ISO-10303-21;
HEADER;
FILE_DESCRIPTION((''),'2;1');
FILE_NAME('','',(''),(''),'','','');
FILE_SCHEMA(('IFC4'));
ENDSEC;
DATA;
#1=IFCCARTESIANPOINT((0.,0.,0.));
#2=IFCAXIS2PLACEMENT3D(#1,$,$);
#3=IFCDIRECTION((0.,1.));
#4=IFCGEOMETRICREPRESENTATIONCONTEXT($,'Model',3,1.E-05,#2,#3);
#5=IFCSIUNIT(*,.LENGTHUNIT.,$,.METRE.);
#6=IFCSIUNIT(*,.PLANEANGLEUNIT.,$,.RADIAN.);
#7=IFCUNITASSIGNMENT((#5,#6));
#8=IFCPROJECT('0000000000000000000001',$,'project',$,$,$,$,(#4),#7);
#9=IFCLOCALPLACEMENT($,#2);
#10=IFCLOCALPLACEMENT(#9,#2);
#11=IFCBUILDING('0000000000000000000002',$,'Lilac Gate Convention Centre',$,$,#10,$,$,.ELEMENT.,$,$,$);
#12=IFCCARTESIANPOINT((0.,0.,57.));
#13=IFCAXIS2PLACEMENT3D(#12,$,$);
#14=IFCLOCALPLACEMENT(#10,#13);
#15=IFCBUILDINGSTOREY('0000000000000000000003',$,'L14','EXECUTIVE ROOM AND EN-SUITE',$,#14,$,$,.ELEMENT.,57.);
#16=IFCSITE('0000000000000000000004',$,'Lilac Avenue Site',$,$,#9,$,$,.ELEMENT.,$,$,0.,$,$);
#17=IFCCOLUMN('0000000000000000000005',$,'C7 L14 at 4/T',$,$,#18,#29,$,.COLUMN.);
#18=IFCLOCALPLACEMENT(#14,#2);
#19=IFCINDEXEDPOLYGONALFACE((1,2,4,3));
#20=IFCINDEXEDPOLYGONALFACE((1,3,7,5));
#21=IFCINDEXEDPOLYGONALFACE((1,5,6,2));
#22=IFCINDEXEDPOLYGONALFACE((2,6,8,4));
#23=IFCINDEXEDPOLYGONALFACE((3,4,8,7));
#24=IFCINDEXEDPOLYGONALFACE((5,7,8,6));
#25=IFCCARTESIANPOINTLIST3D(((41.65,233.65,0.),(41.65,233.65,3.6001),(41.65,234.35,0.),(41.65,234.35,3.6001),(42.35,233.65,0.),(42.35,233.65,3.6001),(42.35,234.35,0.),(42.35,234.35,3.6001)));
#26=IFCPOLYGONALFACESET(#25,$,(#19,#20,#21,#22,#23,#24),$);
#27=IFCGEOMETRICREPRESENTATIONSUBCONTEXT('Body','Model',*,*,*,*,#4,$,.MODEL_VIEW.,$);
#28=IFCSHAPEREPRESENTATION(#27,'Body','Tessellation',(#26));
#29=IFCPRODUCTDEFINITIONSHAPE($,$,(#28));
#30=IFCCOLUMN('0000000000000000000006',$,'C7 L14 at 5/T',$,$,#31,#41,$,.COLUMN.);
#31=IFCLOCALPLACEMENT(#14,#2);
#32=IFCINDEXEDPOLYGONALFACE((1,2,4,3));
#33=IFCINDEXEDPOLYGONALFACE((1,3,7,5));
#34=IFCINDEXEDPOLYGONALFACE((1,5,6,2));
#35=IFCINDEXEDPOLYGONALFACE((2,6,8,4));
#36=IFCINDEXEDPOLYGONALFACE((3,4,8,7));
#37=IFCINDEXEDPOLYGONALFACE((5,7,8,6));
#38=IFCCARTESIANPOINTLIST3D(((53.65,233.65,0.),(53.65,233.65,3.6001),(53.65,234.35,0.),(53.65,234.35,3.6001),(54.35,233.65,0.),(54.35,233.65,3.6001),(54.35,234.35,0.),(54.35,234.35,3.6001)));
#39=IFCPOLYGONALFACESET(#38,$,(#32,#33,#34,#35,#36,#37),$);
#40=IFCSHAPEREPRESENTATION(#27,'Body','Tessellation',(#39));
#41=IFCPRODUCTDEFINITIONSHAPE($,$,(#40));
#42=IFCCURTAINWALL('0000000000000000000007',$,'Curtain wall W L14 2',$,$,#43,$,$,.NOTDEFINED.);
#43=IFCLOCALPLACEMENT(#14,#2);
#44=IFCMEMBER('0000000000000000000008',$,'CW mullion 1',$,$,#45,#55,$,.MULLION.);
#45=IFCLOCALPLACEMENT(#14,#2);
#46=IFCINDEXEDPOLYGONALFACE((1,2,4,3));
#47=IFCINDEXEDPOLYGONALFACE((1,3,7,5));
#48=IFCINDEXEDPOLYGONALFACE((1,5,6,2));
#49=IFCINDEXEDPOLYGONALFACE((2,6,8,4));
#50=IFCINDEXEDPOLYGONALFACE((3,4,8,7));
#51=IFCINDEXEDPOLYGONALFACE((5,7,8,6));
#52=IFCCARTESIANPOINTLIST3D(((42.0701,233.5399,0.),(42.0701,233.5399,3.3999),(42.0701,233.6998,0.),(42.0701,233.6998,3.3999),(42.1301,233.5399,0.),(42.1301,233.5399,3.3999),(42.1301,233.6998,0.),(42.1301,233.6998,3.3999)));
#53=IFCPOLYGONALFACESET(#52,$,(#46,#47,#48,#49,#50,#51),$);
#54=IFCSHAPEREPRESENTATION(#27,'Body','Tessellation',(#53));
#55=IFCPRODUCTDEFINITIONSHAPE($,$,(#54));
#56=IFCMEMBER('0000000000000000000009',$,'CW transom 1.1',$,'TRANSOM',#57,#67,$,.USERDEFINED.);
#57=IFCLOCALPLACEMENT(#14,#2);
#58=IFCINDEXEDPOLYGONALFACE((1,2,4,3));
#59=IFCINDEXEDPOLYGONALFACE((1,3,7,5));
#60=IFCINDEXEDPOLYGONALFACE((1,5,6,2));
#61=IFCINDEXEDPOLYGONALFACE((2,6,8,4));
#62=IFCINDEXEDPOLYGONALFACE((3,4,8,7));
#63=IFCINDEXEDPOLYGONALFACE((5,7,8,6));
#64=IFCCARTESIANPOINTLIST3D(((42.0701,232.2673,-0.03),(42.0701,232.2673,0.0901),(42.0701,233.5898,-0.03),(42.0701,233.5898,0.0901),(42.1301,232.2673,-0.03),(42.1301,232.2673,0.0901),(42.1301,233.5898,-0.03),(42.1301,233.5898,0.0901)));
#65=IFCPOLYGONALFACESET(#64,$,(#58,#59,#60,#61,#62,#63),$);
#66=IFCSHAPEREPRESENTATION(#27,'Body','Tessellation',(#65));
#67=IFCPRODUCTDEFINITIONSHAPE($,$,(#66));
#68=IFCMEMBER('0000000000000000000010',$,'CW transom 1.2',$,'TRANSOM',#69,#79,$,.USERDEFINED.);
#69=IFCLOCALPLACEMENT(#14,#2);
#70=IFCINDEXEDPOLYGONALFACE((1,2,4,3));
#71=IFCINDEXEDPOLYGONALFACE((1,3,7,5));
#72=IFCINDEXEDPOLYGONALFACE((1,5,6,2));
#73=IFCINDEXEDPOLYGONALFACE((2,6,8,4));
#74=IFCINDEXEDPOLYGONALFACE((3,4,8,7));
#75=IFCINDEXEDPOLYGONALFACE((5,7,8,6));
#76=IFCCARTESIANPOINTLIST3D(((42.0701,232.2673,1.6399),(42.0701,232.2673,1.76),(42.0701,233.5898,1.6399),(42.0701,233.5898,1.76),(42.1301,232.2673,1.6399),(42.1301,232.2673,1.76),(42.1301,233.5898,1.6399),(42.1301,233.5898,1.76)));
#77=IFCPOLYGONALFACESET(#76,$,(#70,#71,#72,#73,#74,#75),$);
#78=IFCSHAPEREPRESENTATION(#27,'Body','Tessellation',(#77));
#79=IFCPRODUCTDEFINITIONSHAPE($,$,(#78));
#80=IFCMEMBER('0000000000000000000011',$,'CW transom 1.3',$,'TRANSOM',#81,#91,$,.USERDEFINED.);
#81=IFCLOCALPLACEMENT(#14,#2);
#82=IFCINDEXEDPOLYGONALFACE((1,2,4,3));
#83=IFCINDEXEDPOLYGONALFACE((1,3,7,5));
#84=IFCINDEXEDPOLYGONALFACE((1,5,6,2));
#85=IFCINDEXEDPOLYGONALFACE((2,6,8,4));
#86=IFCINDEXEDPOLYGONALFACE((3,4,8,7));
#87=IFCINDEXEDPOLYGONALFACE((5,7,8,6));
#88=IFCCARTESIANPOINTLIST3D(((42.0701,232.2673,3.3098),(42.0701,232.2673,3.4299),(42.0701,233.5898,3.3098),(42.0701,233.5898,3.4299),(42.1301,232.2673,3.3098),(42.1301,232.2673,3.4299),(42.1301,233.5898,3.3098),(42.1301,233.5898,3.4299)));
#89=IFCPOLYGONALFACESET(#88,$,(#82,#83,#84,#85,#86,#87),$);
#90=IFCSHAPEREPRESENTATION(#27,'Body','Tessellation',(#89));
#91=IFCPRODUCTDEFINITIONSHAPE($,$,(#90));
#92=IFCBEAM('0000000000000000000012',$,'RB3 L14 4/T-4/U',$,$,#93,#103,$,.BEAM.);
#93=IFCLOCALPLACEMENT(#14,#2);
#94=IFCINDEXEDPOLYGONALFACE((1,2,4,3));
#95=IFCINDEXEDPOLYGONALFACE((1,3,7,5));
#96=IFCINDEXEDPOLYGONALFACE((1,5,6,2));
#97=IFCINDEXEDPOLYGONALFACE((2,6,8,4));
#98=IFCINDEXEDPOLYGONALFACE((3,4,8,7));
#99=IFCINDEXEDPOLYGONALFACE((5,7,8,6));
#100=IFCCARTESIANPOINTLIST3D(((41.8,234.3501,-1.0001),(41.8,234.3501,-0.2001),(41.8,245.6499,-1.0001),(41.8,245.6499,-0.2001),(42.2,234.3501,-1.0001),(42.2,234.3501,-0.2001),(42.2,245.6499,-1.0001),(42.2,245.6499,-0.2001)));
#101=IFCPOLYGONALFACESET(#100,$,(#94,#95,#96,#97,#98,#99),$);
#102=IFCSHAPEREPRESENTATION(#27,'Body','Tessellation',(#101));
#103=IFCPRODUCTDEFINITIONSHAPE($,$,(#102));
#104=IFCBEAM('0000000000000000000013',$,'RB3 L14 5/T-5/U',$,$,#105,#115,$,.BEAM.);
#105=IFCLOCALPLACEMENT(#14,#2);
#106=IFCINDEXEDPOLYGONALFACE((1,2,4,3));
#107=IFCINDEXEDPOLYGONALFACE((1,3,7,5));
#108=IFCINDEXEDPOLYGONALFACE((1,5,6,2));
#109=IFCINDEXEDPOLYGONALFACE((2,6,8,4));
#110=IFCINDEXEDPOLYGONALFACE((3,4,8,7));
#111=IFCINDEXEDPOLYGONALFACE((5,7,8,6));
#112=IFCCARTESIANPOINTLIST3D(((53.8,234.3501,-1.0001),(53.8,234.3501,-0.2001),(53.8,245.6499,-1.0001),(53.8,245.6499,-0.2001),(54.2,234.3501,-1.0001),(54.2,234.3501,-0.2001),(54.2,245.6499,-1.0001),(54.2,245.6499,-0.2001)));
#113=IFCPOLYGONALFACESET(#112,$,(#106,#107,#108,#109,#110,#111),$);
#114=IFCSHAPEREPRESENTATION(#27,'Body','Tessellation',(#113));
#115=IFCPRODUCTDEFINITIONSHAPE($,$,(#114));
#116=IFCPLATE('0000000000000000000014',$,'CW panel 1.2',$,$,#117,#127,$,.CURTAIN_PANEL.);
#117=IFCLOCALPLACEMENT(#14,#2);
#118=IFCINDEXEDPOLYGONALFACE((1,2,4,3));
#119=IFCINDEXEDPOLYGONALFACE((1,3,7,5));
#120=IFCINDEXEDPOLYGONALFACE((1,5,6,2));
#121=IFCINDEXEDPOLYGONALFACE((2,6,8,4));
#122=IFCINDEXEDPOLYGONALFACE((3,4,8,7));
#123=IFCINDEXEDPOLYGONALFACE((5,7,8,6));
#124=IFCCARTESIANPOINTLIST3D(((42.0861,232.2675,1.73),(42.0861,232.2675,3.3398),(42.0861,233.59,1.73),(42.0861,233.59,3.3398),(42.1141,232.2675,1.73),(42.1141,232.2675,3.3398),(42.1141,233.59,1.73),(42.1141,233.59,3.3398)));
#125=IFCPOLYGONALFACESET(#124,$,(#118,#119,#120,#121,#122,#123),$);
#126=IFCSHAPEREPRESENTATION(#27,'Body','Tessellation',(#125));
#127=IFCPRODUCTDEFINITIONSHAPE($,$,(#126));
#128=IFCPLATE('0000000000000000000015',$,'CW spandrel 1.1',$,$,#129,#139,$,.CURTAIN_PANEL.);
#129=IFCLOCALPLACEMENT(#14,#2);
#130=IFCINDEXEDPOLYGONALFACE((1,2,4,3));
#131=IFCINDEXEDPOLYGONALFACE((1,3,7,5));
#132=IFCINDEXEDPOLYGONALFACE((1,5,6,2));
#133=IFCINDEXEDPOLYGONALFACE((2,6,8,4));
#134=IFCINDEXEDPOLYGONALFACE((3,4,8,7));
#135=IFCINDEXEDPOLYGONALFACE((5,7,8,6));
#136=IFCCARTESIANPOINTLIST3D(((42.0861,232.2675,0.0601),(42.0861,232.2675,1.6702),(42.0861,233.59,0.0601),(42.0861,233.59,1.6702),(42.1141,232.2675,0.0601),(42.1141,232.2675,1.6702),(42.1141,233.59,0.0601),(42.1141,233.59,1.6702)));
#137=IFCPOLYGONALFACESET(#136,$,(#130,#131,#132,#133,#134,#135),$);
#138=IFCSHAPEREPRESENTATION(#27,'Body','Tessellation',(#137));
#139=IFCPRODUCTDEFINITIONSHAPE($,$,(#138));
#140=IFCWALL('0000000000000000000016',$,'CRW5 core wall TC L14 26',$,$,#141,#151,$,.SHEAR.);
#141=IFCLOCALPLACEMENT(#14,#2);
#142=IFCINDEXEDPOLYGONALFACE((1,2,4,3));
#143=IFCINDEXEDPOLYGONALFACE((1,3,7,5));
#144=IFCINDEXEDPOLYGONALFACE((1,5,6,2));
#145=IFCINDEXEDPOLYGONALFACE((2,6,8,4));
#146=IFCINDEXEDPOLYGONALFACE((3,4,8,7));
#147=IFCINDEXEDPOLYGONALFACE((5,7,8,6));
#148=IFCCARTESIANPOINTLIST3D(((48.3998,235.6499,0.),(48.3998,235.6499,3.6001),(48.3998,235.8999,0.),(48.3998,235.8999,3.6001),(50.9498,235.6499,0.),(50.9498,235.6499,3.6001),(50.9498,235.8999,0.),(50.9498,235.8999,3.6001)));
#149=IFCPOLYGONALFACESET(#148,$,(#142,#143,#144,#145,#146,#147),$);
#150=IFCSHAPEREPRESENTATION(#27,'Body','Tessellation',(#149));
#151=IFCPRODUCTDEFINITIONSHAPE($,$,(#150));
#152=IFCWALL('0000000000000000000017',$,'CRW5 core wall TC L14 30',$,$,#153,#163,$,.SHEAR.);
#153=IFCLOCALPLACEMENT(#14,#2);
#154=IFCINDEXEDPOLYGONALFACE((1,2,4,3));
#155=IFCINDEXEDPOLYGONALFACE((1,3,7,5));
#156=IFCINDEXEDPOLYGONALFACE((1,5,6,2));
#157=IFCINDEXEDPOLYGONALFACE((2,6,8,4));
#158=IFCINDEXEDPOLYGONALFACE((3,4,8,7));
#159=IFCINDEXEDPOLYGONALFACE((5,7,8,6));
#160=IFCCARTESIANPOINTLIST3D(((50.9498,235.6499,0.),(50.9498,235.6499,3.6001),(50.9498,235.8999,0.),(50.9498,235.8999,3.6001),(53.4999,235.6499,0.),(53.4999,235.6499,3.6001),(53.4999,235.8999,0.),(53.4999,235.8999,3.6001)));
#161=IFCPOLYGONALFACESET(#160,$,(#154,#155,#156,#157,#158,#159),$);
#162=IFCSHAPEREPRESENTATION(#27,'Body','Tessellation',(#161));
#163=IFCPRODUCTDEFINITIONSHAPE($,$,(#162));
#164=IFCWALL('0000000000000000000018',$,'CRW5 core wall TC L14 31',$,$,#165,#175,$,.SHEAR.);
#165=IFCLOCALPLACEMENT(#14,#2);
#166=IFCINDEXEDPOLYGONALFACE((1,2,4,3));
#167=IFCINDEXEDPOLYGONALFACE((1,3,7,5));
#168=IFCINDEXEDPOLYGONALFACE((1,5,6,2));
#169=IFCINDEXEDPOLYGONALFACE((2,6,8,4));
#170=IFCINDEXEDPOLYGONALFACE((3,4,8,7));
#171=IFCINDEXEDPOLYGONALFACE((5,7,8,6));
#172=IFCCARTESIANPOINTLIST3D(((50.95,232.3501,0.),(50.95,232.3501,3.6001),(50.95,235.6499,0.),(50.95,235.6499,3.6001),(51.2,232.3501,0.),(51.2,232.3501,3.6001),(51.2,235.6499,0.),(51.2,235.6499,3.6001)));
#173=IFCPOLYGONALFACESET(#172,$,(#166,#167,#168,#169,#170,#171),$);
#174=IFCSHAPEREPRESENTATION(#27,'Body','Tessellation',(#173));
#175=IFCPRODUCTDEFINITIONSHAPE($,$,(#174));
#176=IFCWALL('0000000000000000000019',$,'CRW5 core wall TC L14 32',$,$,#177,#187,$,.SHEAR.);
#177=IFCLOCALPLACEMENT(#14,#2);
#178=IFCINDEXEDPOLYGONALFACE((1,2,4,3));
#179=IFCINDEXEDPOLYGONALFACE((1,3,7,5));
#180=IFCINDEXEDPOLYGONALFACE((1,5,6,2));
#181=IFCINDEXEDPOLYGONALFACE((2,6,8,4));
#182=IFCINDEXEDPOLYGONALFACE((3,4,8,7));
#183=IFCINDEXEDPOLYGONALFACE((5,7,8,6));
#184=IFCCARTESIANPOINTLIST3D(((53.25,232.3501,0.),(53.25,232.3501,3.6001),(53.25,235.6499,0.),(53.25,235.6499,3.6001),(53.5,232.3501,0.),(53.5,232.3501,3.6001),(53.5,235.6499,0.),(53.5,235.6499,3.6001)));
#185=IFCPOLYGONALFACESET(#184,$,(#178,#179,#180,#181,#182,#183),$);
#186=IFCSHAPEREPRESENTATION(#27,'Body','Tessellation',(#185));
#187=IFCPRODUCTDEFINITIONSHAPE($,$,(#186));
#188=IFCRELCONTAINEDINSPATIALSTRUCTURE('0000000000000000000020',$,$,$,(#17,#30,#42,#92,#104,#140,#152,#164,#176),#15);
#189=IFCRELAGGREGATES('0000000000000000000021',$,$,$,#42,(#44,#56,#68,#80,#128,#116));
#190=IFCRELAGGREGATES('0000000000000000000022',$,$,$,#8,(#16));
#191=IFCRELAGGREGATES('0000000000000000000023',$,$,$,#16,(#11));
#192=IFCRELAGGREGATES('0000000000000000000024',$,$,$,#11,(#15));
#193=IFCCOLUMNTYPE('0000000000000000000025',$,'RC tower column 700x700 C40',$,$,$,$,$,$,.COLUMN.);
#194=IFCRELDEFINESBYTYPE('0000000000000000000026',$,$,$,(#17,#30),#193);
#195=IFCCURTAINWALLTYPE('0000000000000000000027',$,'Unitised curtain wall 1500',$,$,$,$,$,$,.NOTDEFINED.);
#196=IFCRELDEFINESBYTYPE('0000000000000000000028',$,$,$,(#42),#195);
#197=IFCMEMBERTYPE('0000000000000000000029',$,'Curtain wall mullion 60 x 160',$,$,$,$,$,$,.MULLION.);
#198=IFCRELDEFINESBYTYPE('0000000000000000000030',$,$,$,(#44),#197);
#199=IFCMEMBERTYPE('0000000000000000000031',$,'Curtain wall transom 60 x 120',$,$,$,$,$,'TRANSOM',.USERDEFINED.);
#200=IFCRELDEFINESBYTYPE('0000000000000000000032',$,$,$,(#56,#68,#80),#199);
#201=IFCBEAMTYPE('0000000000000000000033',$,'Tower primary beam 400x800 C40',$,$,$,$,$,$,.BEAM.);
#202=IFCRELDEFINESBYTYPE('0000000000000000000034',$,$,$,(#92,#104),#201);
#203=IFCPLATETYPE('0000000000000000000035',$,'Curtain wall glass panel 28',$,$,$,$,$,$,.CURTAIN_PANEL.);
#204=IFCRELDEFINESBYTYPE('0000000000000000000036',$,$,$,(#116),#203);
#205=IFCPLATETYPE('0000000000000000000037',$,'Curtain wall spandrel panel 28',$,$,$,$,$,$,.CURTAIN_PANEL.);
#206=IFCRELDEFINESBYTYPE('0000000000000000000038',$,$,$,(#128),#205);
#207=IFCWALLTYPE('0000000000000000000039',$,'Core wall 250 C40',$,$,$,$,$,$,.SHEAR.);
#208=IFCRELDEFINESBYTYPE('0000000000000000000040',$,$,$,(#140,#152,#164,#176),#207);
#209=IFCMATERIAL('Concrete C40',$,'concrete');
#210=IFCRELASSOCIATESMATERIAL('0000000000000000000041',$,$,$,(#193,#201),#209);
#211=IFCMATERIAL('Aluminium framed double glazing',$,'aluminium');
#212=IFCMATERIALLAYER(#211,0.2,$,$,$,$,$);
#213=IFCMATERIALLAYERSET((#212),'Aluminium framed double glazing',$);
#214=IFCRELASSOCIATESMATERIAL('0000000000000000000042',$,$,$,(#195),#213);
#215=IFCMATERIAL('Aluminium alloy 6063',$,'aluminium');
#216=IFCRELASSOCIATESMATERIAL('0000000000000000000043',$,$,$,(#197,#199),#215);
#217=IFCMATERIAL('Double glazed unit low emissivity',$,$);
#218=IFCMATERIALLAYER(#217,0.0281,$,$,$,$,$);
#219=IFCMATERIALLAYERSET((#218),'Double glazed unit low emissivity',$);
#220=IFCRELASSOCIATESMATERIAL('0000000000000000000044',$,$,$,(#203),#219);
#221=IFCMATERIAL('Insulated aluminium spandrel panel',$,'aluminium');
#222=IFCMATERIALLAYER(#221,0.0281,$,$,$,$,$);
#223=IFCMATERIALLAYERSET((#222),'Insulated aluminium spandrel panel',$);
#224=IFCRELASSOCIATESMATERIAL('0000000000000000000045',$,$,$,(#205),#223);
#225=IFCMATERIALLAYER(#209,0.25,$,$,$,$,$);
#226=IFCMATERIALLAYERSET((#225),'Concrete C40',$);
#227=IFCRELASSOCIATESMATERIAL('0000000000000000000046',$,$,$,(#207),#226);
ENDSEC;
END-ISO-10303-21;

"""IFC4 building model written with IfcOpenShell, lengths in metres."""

from ifc_helpers import new_model, si_unit, direction, frame, frame_2d, origin, origin_2d, place, context, subcontext, project, spatial, rectangle, extrude, material, layer, layer_set, material_profile, profile_set, type_object, element, aggregate, save


model = new_model("IFC4")

# Units and contexts
model_context = context("Model", 3, precision=1e-05, world=origin(), true_north=direction((0.0, 1.0)))
body_context = subcontext(model_context, "Body", "Model", "MODEL_VIEW")
ifc_project = project(units=[si_unit("LENGTHUNIT", "METRE"), si_unit("PLANEANGLEUNIT", "RADIAN")], contexts=[model_context])

# Site, building, storey
site_placement = place(None, origin())
site = spatial("IfcSite", under=ifc_project, at=site_placement, Name="Lilac Avenue Site", CompositionType="ELEMENT", RefElevation=0.0)
building_placement = place(site_placement, origin())
building = spatial("IfcBuilding", under=site, at=building_placement, Name="Lilac Gate Convention Centre", CompositionType="ELEMENT")
storey_placement = place(building_placement, frame((0.0, 0.0, 57.0)))
storey = spatial("IfcBuildingStorey", under=building, at=storey_placement, Name="L14", Description="EXECUTIVE ROOM AND EN-SUITE", CompositionType="ELEMENT", Elevation=57.0)

# Columns
ifc_material_1 = material(Name="Concrete C40", Category="concrete")
ifc_material_profile_1 = material_profile(ifc_material_1, rectangle(XDim=0.7, YDim=0.7, at=origin_2d()), Name="RC 700x700")
ifc_profile_set_1 = profile_set([ifc_material_profile_1], Name="Concrete C40")
column_type = type_object("IfcColumnType", Name="RC tower column 700x700 C40", PredefinedType="COLUMN", material=ifc_profile_set_1)
for number, where, z_axis, x_axis, name in (
    (1, (42.0, 234.0, 0.0), (0.0, 0.0, 1.0), (1.0, 0.0, 0.0), "C7 L14 at 4/T"),
    (2, (54.0, 234.0, 0.0), (0.0, 0.0, 1.0), (1.0, 0.0, 0.0), "C7 L14 at 5/T"),
):
    element("IfcColumn", number, at=place(storey_placement, frame(where, z_axis=z_axis, x_axis=x_axis)), inside=storey, type_object=column_type, Name=name, PredefinedType="COLUMN", context=body_context, shape_type="SweptSolid", body=[
        extrude(rectangle(XDim=0.7, YDim=0.7, at=origin_2d()), origin(), (0.0, 0.0, 1.0), 3.6001),
    ])

# Curtain wall, members
ifc_material_2 = material(Name="Aluminium framed double glazing", Category="aluminium")
ifc_layer_1 = layer(ifc_material_2, 0.2)
ifc_layer_set_1 = layer_set([ifc_layer_1], Name="Aluminium framed double glazing")
curtain_wall_type = type_object("IfcCurtainWallType", Name="Unitised curtain wall 1500", PredefinedType="NOTDEFINED", material=ifc_layer_set_1)
curtain_wall_placement = place(storey_placement, origin())
curtain_wall = element("IfcCurtainWall", 3, at=curtain_wall_placement, inside=storey, type_object=curtain_wall_type, Name="Curtain wall W L14 2", PredefinedType="NOTDEFINED")
ifc_material_3 = material(Name="Aluminium alloy 6063", Category="aluminium")
ifc_material_profile_2 = material_profile(ifc_material_3, rectangle(XDim=0.0601, YDim=0.1599, at=origin_2d()), Name="Curtain wall mullion 60 x 160")
ifc_profile_set_2 = profile_set([ifc_material_profile_2], Name="Aluminium alloy 6063")
member_type_1 = type_object("IfcMemberType", Name="Curtain wall mullion 60 x 160", PredefinedType="MULLION", material=ifc_profile_set_2)
member_1_placement = place(storey_placement, frame((42.1001, 233.6199, 0.0), z_axis=(0.0, 0.0, 1.0), x_axis=(1.0, 0.0, 0.0)))
member_1 = element("IfcMember", 4, at=member_1_placement, type_object=member_type_1, Name="CW mullion 1", PredefinedType="MULLION", context=body_context, shape_type="SweptSolid", body=[
    extrude(rectangle(XDim=0.0601, YDim=0.1599, at=origin_2d()), origin(), (0.0, 0.0, 1.0), 3.3999),
])
ifc_material_profile_3 = material_profile(ifc_material_3, rectangle(XDim=0.0601, YDim=0.1201, at=origin_2d()), Name="Curtain wall transom 60 x 120")
ifc_profile_set_3 = profile_set([ifc_material_profile_3], Name="Aluminium alloy 6063")
member_type_2 = type_object("IfcMemberType", Name="Curtain wall transom 60 x 120", ElementType="TRANSOM", PredefinedType="USERDEFINED", material=ifc_profile_set_3)
member_2_placement = place(storey_placement, frame((42.1001, 233.5898, 0.03), z_axis=(0.0, -1.0, 0.0), x_axis=(1.0, 0.0, 0.0)))
member_2 = element("IfcMember", 5, at=member_2_placement, type_object=member_type_2, Name="CW transom 1.1", ObjectType="TRANSOM", PredefinedType="USERDEFINED", context=body_context, shape_type="SweptSolid", body=[
    extrude(rectangle(XDim=0.0601, YDim=0.1201, at=origin_2d()), origin(), (0.0, 0.0, 1.0), 1.3225),
])
member_3_placement = place(storey_placement, frame((42.1001, 233.5898, 1.7), z_axis=(0.0, -1.0, 0.0), x_axis=(1.0, 0.0, 0.0)))
member_3 = element("IfcMember", 6, at=member_3_placement, type_object=member_type_2, Name="CW transom 1.2", ObjectType="TRANSOM", PredefinedType="USERDEFINED", context=body_context, shape_type="SweptSolid", body=[
    extrude(rectangle(XDim=0.0601, YDim=0.1201, at=origin_2d()), origin(), (0.0, 0.0, 1.0), 1.3225),
])
member_4_placement = place(storey_placement, frame((42.1001, 233.5898, 3.3699), z_axis=(0.0, -1.0, 0.0), x_axis=(1.0, 0.0, 0.0)))
member_4 = element("IfcMember", 7, at=member_4_placement, type_object=member_type_2, Name="CW transom 1.3", ObjectType="TRANSOM", PredefinedType="USERDEFINED", context=body_context, shape_type="SweptSolid", body=[
    extrude(rectangle(XDim=0.0601, YDim=0.1201, at=origin_2d()), origin(), (0.0, 0.0, 1.0), 1.3225),
])

# Beams
ifc_material_profile_4 = material_profile(ifc_material_1, rectangle(XDim=0.3999, YDim=0.8, at=origin_2d()), Name="RC 400x800")
ifc_profile_set_4 = profile_set([ifc_material_profile_4], Name="Concrete C40")
beam_type = type_object("IfcBeamType", Name="Tower primary beam 400x800 C40", PredefinedType="BEAM", material=ifc_profile_set_4)
for number, where, z_axis, x_axis, name in (
    (8, (42.0, 234.3501, -0.6001), (0.0, 1.0, 0.0), (-1.0, 0.0, 0.0), "RB3 L14 4/T-4/U"),
    (9, (54.0, 234.3501, -0.6001), (0.0, 1.0, 0.0), (-1.0, 0.0, 0.0), "RB3 L14 5/T-5/U"),
):
    element("IfcBeam", number, at=place(storey_placement, frame(where, z_axis=z_axis, x_axis=x_axis)), inside=storey, type_object=beam_type, Name=name, PredefinedType="BEAM", context=body_context, shape_type="SweptSolid", body=[
        extrude(rectangle(XDim=0.3999, YDim=0.8, at=origin_2d()), origin(), (0.0, 0.0, 1.0), 11.2998),
    ])

# Plates
ifc_material_4 = material(Name="Double glazed unit low emissivity")
ifc_layer_2 = layer(ifc_material_4, 0.0281)
ifc_layer_set_2 = layer_set([ifc_layer_2], Name="Double glazed unit low emissivity")
plate_type_1 = type_object("IfcPlateType", Name="Curtain wall glass panel 28", PredefinedType="CURTAIN_PANEL", material=ifc_layer_set_2)
plate_1_placement = place(storey_placement, frame((42.1001, 232.9287, 1.73), z_axis=(0.0, 0.0, 1.0), x_axis=(0.0, -1.0, 0.0)))
plate_1 = element("IfcPlate", 10, at=plate_1_placement, type_object=plate_type_1, Name="CW panel 1.2", PredefinedType="CURTAIN_PANEL", context=body_context, shape_type="SweptSolid", body=[
    extrude(rectangle(XDim=1.3225, YDim=0.0281, at=origin_2d()), origin(), (0.0, 0.0, 1.0), 1.6099),
])
ifc_material_5 = material(Name="Insulated aluminium spandrel panel", Category="aluminium")
ifc_layer_3 = layer(ifc_material_5, 0.0281)
ifc_layer_set_3 = layer_set([ifc_layer_3], Name="Insulated aluminium spandrel panel")
plate_type_2 = type_object("IfcPlateType", Name="Curtain wall spandrel panel 28", PredefinedType="CURTAIN_PANEL", material=ifc_layer_set_3)
plate_2_placement = place(storey_placement, frame((42.1001, 232.9287, 0.0601), z_axis=(0.0, 0.0, 1.0), x_axis=(0.0, -1.0, 0.0)))
plate_2 = element("IfcPlate", 11, at=plate_2_placement, type_object=plate_type_2, Name="CW spandrel 1.1", PredefinedType="CURTAIN_PANEL", context=body_context, shape_type="SweptSolid", body=[
    extrude(rectangle(XDim=1.3225, YDim=0.0281, at=origin_2d()), origin(), (0.0, 0.0, 1.0), 1.6101),
])
aggregate(curtain_wall, [member_1, member_2, member_3, member_4, plate_2, plate_1])

# Walls
ifc_layer_4 = layer(ifc_material_1, 0.25)
ifc_layer_set_4 = layer_set([ifc_layer_4], Name="Concrete C40")
wall_type_1 = type_object("IfcWallType", Name="Core wall 250 C40", PredefinedType="SHEAR", material=ifc_layer_set_4)
for number, where, z_axis, x_axis, name in (
    (12, (48.3999, 235.7749, 0.0), (0.0, 0.0, 1.0), (1.0, 0.0, 0.0), "CRW5 core wall TC L14 26"),
    (13, (50.95, 235.7749, 0.0), (0.0, 0.0, 1.0), (1.0, 0.0, 0.0), "CRW5 core wall TC L14 30"),
):
    element("IfcWall", number, at=place(storey_placement, frame(where, z_axis=z_axis, x_axis=x_axis)), inside=storey, type_object=wall_type_1, Name=name, PredefinedType="SHEAR", context=body_context, shape_type="SweptSolid", body=[
        extrude(rectangle(XDim=2.55, YDim=0.25, at=frame_2d((1.2749, 0.0))), origin(), (0.0, 0.0, 1.0), 3.6001),
    ])
for number, where, z_axis, x_axis, name in (
    (14, (51.075, 232.3501, 0.0), (0.0, 0.0, 1.0), (0.0, 1.0, 0.0), "CRW5 core wall TC L14 31"),
    (15, (53.375, 232.3501, 0.0), (0.0, 0.0, 1.0), (0.0, 1.0, 0.0), "CRW5 core wall TC L14 32"),
):
    element("IfcWall", number, at=place(storey_placement, frame(where, z_axis=z_axis, x_axis=x_axis)), inside=storey, type_object=wall_type_1, Name=name, PredefinedType="SHEAR", context=body_context, shape_type="SweptSolid", body=[
        extrude(rectangle(XDim=3.2998, YDim=0.25, at=frame_2d((1.6499, 0.0))), origin(), (0.0, 0.0, 1.0), 3.6001),
    ])

save(model, "model.ifc")
